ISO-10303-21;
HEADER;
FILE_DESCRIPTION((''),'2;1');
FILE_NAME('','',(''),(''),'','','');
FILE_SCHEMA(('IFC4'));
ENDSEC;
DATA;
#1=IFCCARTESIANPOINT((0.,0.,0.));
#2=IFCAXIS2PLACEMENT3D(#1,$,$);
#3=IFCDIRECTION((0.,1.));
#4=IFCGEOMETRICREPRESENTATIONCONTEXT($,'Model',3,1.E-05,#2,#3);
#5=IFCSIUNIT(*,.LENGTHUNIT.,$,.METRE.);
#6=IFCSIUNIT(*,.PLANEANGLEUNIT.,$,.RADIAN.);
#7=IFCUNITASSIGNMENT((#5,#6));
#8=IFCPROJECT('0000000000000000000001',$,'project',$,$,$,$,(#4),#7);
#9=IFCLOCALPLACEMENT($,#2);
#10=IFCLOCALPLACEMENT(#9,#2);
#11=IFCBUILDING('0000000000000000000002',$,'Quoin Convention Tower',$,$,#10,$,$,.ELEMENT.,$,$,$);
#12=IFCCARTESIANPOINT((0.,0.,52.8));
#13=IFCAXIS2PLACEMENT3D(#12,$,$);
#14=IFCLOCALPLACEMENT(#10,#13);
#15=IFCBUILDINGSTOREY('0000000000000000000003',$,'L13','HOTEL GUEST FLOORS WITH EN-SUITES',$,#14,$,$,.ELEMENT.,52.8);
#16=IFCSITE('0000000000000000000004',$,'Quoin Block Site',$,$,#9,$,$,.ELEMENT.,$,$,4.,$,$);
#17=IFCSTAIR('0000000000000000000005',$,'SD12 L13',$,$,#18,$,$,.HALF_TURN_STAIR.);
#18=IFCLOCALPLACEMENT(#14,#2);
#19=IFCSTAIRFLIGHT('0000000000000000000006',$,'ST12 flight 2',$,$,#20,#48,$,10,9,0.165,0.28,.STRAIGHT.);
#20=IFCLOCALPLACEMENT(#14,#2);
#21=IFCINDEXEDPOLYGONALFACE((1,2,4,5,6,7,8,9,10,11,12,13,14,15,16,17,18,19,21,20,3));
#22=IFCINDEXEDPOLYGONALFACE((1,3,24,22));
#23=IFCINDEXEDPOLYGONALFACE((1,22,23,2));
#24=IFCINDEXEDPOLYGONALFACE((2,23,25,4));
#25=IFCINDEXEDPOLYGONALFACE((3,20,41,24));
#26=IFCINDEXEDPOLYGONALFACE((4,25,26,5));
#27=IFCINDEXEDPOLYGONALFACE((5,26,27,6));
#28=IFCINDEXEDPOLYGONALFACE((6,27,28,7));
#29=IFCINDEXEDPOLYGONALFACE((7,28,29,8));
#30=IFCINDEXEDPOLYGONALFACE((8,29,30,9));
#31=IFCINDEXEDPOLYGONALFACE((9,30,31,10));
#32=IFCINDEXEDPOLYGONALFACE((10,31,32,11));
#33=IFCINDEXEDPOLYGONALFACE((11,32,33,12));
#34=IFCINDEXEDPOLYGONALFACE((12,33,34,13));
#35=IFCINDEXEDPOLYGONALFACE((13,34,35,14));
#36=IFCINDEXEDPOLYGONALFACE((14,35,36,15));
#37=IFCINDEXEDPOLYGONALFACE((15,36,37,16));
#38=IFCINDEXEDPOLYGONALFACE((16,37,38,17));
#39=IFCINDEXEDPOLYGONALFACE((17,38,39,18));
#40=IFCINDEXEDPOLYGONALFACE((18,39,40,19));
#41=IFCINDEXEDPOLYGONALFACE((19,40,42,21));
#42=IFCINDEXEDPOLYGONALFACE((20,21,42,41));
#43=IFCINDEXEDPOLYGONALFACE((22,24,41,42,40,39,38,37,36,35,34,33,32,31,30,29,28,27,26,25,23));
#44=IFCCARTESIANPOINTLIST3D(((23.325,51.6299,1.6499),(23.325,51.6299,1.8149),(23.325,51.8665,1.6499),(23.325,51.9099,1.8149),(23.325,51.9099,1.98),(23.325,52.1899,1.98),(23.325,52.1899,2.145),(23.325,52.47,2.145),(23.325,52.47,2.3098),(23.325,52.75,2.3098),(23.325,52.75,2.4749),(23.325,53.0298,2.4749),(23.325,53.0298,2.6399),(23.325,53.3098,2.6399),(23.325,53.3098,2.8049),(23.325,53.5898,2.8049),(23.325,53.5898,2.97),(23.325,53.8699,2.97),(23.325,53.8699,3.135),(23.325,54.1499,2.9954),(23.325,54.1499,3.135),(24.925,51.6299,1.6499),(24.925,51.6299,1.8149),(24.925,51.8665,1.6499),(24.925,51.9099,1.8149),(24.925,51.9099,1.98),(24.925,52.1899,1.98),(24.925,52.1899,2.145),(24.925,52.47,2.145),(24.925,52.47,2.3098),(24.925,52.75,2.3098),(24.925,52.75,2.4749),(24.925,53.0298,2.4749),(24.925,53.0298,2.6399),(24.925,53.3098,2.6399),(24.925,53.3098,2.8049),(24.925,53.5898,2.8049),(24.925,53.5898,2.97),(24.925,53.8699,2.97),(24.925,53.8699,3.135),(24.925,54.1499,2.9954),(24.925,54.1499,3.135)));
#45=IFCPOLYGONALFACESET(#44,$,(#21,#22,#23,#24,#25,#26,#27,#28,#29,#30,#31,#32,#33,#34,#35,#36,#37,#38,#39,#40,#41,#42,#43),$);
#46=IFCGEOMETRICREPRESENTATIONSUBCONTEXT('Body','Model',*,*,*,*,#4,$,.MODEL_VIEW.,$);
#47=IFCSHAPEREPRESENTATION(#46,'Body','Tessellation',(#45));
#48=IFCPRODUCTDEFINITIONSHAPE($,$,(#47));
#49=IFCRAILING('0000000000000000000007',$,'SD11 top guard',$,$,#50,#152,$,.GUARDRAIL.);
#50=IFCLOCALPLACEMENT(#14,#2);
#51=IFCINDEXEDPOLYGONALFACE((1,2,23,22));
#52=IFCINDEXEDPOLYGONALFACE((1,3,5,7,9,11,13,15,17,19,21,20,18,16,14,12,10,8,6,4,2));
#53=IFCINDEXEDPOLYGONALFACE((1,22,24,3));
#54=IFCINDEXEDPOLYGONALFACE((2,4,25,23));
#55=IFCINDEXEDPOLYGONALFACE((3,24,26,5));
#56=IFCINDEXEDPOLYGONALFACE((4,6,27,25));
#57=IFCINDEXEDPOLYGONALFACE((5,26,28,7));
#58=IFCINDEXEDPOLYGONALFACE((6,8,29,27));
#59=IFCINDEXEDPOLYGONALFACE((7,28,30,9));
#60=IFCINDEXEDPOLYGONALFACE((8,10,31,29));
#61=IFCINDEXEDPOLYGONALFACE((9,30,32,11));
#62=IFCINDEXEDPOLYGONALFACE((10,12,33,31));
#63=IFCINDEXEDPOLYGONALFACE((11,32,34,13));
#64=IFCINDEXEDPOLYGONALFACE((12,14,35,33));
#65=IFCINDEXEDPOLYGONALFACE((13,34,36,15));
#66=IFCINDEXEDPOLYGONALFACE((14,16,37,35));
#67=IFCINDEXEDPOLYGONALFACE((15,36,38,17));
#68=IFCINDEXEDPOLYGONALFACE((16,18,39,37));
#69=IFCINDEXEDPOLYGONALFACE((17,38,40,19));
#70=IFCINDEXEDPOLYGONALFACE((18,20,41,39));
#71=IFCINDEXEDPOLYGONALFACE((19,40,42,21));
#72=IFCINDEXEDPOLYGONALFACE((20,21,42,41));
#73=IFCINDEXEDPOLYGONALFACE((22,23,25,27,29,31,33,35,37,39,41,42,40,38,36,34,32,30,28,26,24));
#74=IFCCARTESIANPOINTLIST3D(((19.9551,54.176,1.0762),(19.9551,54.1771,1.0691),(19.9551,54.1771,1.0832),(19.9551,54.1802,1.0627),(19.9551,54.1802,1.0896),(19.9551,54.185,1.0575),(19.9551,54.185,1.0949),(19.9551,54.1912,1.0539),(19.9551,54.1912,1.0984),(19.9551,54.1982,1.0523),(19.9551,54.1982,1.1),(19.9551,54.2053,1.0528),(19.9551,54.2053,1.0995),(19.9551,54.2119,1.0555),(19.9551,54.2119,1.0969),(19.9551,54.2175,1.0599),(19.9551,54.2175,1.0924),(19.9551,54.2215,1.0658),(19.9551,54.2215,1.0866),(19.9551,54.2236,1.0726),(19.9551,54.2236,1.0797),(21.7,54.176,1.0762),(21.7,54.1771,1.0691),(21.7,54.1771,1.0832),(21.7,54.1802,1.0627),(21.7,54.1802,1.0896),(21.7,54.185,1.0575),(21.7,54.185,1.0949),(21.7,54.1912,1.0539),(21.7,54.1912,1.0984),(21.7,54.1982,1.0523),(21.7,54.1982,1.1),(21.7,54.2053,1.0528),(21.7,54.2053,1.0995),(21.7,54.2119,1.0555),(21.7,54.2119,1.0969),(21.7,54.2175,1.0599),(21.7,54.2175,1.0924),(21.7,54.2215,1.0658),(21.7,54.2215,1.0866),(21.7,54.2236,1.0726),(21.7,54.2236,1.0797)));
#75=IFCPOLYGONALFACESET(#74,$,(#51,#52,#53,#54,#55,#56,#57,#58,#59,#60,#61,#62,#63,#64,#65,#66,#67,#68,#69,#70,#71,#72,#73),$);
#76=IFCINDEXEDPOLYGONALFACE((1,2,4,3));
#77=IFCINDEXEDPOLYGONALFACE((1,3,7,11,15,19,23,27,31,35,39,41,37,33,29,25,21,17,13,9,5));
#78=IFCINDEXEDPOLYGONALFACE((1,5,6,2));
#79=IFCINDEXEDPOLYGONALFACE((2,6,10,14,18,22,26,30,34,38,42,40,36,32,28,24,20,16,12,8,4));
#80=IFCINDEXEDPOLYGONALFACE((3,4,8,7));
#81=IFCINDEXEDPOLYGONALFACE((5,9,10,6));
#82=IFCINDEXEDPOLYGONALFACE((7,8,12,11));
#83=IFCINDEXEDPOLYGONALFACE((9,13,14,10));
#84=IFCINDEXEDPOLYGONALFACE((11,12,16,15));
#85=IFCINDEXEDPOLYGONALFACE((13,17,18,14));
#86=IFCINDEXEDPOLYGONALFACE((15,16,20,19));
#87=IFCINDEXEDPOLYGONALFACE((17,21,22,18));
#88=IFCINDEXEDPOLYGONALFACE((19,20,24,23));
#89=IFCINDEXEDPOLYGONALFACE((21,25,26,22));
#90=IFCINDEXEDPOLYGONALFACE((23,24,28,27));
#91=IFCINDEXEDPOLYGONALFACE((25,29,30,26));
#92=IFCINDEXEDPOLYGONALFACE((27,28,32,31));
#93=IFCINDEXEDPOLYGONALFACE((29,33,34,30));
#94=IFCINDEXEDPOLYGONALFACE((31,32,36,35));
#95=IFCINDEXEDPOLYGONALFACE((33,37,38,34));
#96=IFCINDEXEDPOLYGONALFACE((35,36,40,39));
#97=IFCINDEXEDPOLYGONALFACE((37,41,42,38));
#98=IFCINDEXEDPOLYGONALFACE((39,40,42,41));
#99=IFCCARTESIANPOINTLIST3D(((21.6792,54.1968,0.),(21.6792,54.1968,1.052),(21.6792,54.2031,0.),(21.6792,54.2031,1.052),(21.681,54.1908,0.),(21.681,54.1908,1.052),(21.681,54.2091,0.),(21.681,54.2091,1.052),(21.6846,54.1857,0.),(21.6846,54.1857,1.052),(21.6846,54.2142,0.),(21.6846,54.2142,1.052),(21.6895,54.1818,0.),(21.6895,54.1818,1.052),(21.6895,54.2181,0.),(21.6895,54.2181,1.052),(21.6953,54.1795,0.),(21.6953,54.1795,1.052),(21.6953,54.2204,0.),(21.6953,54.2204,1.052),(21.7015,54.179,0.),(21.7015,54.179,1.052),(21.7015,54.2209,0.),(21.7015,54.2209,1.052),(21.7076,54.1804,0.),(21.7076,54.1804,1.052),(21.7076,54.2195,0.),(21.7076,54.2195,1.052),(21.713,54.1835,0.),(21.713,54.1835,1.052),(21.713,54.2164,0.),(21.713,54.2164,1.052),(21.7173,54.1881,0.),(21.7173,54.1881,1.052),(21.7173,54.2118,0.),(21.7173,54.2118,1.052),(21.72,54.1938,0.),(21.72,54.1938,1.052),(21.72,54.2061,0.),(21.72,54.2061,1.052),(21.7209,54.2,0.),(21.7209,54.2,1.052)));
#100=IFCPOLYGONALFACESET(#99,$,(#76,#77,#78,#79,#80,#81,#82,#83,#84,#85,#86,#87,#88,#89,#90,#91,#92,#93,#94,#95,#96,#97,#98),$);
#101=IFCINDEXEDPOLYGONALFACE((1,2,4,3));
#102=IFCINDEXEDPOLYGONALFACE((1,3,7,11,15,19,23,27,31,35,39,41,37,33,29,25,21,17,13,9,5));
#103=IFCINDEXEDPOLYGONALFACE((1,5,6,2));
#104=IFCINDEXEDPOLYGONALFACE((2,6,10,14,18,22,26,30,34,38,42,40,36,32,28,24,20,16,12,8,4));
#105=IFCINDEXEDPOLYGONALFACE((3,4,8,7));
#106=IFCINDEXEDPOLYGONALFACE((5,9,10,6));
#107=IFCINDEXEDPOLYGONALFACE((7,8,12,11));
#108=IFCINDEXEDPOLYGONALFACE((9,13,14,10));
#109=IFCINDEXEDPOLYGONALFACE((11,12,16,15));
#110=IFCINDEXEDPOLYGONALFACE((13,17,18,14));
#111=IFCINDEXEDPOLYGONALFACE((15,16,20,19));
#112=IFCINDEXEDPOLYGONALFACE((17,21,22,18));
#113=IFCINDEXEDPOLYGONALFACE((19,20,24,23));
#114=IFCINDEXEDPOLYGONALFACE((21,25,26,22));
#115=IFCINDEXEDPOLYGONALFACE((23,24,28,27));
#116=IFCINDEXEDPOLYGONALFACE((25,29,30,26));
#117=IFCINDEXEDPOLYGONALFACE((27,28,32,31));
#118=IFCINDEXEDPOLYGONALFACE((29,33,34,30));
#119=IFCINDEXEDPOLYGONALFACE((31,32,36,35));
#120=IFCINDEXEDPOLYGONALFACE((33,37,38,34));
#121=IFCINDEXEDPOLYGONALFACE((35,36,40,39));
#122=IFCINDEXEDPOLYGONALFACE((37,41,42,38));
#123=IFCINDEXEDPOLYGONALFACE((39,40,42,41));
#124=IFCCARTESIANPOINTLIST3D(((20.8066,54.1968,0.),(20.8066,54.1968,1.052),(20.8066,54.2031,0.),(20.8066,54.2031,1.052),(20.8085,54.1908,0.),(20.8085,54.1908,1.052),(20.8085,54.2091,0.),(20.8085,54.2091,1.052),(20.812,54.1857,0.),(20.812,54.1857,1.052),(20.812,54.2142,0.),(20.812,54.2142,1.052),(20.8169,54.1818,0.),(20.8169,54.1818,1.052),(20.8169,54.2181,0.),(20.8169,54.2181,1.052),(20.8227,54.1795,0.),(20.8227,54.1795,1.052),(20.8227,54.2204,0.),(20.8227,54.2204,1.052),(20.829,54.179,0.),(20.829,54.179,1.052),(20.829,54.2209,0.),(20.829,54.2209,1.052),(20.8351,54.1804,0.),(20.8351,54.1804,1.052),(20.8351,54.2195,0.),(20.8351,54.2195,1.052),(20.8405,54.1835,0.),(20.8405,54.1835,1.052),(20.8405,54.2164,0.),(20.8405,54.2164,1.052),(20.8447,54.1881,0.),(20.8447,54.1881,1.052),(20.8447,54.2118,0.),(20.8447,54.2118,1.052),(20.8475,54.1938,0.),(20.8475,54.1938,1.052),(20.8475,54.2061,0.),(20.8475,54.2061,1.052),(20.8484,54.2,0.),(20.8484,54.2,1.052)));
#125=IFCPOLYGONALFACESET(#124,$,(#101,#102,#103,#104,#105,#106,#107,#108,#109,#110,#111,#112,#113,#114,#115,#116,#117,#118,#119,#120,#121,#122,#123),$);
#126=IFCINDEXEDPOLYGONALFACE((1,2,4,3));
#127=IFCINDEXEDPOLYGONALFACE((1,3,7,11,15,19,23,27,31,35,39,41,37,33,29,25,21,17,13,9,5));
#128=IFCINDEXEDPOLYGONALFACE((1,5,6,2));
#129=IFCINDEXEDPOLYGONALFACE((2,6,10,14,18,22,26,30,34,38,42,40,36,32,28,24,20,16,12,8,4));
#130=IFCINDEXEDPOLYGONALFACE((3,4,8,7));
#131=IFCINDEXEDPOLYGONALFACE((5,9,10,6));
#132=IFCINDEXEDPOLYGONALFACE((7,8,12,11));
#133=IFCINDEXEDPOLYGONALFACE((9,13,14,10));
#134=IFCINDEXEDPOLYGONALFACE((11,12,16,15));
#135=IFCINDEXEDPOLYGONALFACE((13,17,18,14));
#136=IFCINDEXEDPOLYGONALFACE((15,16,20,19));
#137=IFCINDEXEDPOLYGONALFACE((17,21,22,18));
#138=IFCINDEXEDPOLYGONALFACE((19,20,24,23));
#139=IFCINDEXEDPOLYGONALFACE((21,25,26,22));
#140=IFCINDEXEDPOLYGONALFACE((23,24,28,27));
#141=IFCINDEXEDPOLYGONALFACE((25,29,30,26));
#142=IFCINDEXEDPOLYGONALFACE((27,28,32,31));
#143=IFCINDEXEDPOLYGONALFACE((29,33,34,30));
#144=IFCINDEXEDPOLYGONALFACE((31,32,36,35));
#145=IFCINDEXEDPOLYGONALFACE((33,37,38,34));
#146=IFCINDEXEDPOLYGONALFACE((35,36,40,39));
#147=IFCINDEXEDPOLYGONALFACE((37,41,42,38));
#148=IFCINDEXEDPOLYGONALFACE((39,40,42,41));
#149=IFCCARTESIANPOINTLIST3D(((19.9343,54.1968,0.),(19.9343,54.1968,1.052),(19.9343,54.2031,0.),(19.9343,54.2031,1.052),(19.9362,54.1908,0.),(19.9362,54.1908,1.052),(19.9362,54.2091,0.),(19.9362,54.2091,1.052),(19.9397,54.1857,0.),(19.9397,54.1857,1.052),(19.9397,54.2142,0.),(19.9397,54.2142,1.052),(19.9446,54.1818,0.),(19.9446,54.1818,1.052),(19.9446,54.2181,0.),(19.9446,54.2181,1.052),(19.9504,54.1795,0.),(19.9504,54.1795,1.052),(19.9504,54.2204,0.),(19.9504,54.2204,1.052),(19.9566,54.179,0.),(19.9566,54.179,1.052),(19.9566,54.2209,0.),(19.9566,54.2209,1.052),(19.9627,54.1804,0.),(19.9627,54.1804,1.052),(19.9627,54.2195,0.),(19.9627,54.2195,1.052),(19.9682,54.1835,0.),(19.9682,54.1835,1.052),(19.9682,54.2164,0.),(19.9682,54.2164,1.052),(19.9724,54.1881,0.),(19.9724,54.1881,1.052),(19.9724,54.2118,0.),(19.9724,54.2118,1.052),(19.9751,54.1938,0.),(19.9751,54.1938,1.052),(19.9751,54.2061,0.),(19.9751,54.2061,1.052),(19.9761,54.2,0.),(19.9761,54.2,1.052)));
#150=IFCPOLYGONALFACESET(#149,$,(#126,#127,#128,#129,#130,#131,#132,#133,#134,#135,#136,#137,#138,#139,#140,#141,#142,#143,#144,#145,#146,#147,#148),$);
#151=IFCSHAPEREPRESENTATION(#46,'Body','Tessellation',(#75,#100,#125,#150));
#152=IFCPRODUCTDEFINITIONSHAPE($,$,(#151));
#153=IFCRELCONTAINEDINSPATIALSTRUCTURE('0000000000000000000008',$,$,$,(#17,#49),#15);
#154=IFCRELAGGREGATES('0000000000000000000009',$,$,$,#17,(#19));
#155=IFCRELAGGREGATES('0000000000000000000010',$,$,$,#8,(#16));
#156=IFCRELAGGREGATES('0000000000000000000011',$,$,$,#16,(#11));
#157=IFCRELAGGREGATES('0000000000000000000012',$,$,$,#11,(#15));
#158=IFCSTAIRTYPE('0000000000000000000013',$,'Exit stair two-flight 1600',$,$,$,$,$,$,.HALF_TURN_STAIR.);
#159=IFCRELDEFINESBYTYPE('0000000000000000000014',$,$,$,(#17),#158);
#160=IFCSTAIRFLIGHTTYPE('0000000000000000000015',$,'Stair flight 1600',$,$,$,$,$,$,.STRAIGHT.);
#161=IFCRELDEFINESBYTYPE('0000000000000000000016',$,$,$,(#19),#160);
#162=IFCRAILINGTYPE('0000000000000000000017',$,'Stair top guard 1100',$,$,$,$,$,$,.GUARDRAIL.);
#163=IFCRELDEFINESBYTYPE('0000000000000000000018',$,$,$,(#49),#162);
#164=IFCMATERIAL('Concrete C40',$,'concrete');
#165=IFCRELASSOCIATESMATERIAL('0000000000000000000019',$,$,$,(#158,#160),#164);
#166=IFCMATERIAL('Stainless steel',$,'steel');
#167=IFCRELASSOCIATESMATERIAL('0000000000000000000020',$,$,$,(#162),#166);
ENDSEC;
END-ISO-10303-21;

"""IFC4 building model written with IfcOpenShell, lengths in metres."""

from ifc_helpers import new_model, si_unit, direction, frame, origin, origin_2d, place, context, subcontext, project, spatial, polyline, circle, outline, extrude, material, type_object, element, aggregate, save


model = new_model("IFC4")

# Units and contexts
model_context = context("Model", 3, precision=1e-05, world=origin(), true_north=direction((0.0, 1.0)))
body_context = subcontext(model_context, "Body", "Model", "MODEL_VIEW")
ifc_project = project(units=[si_unit("LENGTHUNIT", "METRE"), si_unit("PLANEANGLEUNIT", "RADIAN")], contexts=[model_context])

# Site, building, storey
site_placement = place(None, origin())
site = spatial("IfcSite", under=ifc_project, at=site_placement, Name="Quoin Block Site", CompositionType="ELEMENT", RefElevation=4.0)
building_placement = place(site_placement, origin())
building = spatial("IfcBuilding", under=site, at=building_placement, Name="Quoin Convention Tower", CompositionType="ELEMENT")
storey_placement = place(building_placement, frame((0.0, 0.0, 52.8)))
storey = spatial("IfcBuildingStorey", under=building, at=storey_placement, Name="L13", Description="HOTEL GUEST FLOORS WITH EN-SUITES", CompositionType="ELEMENT", Elevation=52.8)

# Shared definitions
ifc_material_1 = material(Name="Concrete C40", Category="concrete")

# Stair, stair flight
stair_type_1 = type_object("IfcStairType", Name="Exit stair two-flight 1600", PredefinedType="HALF_TURN_STAIR", material=ifc_material_1)
stair_flight_type_1 = type_object("IfcStairFlightType", Name="Stair flight 1600", PredefinedType="STRAIGHT", material=ifc_material_1)
stair_1_placement = place(storey_placement, origin())
stair_1 = element("IfcStair", 1, at=stair_1_placement, inside=storey, type_object=stair_type_1, Name="SD12 L13", PredefinedType="HALF_TURN_STAIR")
stair_flight_1_placement = place(storey_placement, frame((24.125, 51.6299, 1.6499), z_axis=(0.0, 0.0, 1.0), x_axis=(0.0, 1.0, 0.0)))
stair_flight_1 = element("IfcStairFlight", 2, at=stair_flight_1_placement, type_object=stair_flight_type_1, Name="ST12 flight 2", NumberOfRisers=10, NumberOfTreads=9, PredefinedType="STRAIGHT", RiserHeight=0.165, TreadLength=0.28, context=body_context, shape_type="SweptSolid", body=[
    extrude(outline(polyline([(0.0, 0.0), (0.0, 0.165), (0.28, 0.165), (0.28, 0.3301), (0.5601, 0.3301), (0.5601, 0.4951), (0.8401, 0.4951), (0.8401, 0.6599), (1.1201, 0.6599), (1.1201, 0.825), (1.3999, 0.825), (1.3999, 0.99), (1.6799, 0.99), (1.6799, 1.155), (1.96, 1.155), (1.96, 1.3201), (2.24, 1.3201), (2.24, 1.4851), (2.52, 1.4851), (2.52, 1.6499), (2.52, 1.3455), (0.2366, 0.0), (0.0, 0.0)])), frame((0.0, 0.8, 0.0), z_axis=(0.0, -1.0, 0.0), x_axis=(1.0, 0.0, 0.0)), (0.0, 0.0, 1.0), 1.6001),
])
aggregate(stair_1, [stair_flight_1])

# Railing
ifc_material_2 = material(Name="Stainless steel", Category="steel")
railing_type_1 = type_object("IfcRailingType", Name="Stair top guard 1100", PredefinedType="GUARDRAIL", material=ifc_material_2)
for number, where, name in (
    (3, (21.7, 54.2, 0.0), "SD11 top guard"),
):
    element("IfcRailing", number, at=place(storey_placement, frame(where)), inside=storey, type_object=railing_type_1, Name=name, PredefinedType="GUARDRAIL", context=body_context, shape_type="SweptSolid", body=[
        extrude(circle(Radius=0.0239, at=origin_2d()), frame((0.0, 0.0, 1.0762), z_axis=(-1.0, 0.0, 0.0), x_axis=(0.0, -1.0, 0.0)), (0.0, 0.0, 1.0), 1.7449),
        extrude(circle(Radius=0.021, at=origin_2d()), origin(), (0.0, 0.0, 1.0), 1.052),
        extrude(circle(Radius=0.021, at=origin_2d()), frame((-0.8726, 0.0, 0.0)), (0.0, 0.0, 1.0), 1.052),
        extrude(circle(Radius=0.021, at=origin_2d()), frame((-1.7449, 0.0, 0.0)), (0.0, 0.0, 1.0), 1.052),
    ])

save(model, "model.ifc")
